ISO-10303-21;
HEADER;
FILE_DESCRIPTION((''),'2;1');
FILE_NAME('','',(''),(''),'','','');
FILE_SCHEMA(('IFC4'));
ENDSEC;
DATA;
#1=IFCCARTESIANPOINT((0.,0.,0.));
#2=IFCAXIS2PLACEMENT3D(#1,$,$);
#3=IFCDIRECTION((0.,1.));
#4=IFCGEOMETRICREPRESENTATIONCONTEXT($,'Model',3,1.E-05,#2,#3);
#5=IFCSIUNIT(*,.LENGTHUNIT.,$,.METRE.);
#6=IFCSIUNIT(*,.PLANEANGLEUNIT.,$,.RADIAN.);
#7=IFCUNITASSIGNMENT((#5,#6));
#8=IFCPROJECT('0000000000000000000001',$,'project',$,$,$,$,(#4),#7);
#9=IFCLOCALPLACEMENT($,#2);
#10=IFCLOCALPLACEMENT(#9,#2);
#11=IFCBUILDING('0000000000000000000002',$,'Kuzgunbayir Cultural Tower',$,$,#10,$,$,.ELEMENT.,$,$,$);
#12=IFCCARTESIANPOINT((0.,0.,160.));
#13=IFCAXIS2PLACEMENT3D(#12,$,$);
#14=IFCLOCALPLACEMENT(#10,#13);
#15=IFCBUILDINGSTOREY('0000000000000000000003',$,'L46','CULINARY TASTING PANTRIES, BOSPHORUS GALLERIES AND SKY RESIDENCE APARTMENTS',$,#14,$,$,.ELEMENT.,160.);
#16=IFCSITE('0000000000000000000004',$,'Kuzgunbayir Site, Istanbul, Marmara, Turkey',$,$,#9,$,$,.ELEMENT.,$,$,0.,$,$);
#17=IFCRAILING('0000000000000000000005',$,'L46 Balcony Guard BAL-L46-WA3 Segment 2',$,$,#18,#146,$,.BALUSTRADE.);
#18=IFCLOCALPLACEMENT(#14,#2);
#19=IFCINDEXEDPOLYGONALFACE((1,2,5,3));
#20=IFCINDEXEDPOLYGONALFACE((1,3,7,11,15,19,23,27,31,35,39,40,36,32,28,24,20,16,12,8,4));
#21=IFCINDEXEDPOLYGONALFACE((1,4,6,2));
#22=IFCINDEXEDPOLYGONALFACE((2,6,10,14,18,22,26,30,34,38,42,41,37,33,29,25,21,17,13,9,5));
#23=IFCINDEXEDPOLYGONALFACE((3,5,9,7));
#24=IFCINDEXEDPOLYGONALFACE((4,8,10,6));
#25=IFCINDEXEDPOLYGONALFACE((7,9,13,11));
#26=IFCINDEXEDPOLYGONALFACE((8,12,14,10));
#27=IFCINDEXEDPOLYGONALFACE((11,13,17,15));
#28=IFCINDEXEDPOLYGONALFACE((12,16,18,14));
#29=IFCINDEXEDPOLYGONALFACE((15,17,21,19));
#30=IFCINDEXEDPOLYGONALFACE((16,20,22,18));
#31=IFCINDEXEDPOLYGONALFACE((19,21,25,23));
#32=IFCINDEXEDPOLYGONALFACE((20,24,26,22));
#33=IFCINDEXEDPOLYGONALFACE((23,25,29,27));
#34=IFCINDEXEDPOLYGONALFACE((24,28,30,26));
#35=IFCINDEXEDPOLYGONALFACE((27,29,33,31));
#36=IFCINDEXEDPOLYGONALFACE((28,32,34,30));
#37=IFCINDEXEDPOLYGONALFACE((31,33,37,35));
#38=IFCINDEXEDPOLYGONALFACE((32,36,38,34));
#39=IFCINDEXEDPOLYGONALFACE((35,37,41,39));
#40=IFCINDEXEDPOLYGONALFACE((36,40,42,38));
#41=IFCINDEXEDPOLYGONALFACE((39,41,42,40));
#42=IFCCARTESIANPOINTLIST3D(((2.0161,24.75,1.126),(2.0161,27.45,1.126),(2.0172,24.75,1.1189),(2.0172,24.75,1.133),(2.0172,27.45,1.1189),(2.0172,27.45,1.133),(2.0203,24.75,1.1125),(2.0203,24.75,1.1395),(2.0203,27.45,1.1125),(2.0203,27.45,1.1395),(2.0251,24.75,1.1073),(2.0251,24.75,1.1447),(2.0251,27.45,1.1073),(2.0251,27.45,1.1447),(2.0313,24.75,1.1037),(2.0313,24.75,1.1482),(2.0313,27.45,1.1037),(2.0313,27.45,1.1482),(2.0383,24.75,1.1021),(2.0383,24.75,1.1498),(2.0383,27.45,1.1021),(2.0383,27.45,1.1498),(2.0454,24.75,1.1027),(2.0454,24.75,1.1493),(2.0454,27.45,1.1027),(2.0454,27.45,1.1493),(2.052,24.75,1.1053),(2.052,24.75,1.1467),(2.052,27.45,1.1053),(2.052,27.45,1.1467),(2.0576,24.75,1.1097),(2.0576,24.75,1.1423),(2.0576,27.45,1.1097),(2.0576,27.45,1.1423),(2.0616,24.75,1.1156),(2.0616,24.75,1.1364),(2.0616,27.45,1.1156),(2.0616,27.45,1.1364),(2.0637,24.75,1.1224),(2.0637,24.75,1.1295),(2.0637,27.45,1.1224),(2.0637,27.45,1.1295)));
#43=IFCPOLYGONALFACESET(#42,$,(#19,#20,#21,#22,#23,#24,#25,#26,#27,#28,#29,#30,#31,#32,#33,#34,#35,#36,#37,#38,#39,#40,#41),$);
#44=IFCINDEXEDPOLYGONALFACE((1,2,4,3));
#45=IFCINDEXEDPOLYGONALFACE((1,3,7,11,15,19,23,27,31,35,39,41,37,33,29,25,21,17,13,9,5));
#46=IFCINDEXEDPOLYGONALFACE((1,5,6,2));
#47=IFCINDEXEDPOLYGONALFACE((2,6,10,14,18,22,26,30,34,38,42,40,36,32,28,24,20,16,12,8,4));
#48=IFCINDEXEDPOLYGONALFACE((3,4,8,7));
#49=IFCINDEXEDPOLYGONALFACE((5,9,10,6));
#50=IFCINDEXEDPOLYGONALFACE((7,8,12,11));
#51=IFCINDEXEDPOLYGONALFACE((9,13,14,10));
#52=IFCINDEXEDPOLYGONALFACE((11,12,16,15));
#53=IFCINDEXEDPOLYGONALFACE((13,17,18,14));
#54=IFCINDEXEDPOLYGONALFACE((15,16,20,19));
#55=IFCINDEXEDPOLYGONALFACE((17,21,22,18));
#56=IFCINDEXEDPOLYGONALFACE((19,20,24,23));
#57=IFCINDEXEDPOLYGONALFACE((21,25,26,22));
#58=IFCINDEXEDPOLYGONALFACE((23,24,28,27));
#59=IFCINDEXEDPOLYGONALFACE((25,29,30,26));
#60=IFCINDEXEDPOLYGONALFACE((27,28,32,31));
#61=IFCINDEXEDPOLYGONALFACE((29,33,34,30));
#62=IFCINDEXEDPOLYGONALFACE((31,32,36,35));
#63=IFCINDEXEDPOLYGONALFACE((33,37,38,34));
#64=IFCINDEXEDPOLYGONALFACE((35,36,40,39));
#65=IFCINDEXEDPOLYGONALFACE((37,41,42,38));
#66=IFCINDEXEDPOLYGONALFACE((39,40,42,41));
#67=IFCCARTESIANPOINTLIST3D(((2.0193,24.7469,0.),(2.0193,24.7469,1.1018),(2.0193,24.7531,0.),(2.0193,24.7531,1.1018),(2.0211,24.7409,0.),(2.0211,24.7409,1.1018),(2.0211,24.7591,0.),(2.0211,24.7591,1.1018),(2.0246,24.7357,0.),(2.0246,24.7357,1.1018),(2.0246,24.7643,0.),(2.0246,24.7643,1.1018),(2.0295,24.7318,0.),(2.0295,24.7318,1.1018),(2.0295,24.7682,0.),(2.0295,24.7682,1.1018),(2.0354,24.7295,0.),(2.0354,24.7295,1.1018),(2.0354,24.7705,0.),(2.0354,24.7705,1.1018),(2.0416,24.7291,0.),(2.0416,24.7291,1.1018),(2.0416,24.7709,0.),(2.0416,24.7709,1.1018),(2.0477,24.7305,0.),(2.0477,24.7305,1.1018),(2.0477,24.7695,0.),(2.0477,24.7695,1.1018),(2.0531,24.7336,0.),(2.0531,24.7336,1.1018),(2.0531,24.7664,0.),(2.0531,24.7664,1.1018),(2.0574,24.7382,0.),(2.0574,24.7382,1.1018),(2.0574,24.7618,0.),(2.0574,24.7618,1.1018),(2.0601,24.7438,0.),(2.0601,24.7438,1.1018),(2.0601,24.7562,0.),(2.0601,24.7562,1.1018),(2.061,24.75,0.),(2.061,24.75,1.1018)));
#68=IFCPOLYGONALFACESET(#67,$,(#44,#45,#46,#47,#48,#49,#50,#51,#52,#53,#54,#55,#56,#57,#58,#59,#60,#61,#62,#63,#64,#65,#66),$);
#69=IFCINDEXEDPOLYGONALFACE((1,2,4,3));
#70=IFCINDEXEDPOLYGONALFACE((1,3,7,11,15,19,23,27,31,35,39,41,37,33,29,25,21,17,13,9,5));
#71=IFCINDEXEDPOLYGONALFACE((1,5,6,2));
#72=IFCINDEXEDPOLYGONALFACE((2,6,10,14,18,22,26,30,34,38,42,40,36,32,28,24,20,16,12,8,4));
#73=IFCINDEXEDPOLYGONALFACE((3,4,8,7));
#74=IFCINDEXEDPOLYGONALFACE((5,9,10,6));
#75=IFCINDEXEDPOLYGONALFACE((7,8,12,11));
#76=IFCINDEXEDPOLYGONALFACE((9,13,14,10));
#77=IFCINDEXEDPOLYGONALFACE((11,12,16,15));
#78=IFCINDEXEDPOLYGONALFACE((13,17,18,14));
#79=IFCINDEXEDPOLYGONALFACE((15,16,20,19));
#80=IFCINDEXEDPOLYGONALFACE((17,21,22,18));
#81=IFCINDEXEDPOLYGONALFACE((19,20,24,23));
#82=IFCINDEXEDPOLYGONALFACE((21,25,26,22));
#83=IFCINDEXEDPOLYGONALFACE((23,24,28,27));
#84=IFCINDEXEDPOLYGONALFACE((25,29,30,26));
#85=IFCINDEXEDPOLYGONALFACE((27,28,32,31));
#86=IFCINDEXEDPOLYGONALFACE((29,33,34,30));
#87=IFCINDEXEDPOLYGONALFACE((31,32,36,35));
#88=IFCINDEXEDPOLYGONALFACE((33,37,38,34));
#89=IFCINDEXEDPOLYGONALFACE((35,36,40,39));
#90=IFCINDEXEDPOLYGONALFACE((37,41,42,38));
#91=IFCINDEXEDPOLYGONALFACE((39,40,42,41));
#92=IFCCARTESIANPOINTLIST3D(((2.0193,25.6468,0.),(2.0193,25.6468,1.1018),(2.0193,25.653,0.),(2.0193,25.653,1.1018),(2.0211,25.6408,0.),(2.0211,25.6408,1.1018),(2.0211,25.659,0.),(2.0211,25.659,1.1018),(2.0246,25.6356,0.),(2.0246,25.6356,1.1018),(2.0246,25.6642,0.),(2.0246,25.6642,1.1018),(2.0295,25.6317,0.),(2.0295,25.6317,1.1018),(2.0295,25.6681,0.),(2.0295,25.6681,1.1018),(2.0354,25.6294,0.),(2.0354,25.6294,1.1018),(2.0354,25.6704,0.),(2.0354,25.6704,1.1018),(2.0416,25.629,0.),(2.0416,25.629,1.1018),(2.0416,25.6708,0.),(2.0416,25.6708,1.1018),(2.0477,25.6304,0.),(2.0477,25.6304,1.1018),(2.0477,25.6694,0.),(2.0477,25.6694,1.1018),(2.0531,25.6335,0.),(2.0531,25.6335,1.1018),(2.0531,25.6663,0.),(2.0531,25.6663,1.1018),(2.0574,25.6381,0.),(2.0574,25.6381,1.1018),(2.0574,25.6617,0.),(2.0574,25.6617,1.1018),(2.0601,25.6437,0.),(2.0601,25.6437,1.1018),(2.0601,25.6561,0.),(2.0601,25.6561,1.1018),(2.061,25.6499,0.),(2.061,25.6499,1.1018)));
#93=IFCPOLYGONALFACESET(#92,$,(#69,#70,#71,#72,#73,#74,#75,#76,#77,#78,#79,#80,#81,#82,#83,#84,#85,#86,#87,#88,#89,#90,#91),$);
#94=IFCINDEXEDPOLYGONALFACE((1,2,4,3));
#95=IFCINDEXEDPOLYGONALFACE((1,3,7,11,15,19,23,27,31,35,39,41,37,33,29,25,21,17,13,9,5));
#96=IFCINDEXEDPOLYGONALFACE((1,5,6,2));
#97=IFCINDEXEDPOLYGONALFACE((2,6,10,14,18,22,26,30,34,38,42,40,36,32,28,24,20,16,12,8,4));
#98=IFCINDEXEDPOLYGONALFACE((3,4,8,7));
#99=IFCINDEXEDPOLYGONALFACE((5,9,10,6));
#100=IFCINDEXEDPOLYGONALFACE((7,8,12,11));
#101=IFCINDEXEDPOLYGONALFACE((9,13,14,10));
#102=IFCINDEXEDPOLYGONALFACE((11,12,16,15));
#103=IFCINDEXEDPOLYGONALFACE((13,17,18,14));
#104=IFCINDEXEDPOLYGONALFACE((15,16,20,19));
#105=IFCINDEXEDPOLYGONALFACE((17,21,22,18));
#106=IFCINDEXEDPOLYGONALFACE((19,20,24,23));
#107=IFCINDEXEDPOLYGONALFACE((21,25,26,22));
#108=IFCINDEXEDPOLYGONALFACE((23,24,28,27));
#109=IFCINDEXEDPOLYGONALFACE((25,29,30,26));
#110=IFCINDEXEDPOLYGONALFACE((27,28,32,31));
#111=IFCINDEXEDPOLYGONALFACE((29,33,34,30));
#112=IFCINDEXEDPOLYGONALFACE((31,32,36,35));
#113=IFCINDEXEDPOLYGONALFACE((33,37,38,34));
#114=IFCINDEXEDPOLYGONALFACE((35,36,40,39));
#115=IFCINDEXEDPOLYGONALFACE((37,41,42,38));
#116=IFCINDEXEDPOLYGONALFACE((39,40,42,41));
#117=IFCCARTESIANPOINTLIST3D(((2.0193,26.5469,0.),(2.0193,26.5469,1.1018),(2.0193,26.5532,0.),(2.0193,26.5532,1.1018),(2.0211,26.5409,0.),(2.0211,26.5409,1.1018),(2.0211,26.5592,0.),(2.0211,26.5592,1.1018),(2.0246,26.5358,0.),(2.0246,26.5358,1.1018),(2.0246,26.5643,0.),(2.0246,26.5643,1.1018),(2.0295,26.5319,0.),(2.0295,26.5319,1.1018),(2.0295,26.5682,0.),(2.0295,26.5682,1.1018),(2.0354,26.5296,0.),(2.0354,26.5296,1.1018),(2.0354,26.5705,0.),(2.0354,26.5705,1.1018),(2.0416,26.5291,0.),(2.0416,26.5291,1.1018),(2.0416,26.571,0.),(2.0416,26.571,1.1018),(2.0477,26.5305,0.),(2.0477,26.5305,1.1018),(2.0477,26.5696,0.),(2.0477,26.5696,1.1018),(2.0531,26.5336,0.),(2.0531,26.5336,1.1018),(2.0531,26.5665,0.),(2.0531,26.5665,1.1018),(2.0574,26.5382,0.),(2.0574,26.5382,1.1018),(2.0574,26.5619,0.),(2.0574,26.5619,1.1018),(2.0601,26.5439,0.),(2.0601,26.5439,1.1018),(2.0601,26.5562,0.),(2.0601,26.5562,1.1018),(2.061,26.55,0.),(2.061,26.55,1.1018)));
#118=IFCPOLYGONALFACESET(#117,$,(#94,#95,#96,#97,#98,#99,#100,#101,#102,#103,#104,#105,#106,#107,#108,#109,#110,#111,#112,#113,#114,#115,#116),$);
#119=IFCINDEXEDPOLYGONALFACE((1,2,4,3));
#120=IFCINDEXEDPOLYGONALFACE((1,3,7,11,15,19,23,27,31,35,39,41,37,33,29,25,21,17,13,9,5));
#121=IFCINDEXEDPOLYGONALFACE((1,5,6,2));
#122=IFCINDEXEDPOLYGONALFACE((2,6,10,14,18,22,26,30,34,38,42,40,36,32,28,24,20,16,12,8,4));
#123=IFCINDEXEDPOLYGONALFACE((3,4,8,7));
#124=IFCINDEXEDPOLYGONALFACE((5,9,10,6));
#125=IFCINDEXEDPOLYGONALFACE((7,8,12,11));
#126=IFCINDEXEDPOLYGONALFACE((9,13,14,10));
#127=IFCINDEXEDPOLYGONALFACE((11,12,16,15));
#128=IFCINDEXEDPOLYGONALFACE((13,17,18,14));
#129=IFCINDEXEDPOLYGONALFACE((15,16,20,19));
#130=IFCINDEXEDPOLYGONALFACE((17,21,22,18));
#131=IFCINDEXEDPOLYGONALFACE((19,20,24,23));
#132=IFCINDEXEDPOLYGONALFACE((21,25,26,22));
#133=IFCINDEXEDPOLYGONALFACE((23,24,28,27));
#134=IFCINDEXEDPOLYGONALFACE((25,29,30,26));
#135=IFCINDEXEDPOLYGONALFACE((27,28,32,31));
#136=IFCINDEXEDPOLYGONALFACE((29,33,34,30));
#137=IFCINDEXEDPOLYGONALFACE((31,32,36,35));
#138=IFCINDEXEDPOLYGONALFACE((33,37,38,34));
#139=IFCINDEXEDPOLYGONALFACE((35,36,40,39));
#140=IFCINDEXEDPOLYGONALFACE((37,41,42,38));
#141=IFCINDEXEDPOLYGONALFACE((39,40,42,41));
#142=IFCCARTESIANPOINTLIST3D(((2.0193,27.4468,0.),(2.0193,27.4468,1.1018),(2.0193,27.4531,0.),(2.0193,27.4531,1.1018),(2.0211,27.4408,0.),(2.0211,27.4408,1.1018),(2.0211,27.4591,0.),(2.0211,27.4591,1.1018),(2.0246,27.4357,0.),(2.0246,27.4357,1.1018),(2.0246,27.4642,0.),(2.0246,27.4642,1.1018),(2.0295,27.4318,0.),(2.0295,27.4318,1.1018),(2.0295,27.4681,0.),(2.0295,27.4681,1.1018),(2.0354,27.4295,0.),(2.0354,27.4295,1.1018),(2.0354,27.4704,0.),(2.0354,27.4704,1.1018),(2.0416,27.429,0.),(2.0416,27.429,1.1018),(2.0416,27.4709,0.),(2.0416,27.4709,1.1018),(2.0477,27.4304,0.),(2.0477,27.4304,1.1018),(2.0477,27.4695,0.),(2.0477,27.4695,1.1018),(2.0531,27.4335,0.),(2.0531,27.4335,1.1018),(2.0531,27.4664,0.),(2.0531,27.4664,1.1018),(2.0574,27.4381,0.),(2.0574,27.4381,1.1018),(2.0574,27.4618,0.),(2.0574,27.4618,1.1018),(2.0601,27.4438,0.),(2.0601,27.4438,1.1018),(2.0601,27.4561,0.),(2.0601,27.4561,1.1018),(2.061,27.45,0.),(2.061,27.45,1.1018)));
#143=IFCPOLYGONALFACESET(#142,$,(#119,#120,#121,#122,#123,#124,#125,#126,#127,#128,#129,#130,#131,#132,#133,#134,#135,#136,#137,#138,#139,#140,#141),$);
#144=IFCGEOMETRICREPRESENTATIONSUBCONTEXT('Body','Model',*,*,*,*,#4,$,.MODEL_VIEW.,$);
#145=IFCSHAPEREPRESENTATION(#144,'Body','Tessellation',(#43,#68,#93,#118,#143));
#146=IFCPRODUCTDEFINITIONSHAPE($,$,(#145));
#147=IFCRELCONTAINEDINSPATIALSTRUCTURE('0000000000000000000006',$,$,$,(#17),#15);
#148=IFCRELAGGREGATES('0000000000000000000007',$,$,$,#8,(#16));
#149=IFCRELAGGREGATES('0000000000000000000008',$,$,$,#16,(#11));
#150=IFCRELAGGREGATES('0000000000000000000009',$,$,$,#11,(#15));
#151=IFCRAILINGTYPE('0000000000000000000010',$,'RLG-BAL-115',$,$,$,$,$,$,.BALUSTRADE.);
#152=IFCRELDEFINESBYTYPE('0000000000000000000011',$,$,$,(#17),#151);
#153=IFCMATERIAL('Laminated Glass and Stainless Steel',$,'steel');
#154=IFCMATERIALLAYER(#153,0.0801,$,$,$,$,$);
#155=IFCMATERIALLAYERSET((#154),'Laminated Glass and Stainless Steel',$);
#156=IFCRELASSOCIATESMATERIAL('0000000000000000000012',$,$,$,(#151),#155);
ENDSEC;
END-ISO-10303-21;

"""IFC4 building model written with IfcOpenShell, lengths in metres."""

from ifc_helpers import new_model, si_unit, direction, frame, origin, origin_2d, place, context, subcontext, project, spatial, circle, extrude, material, layer, layer_set, type_object, element, save


model = new_model("IFC4")

# Units and contexts
model_context = context("Model", 3, precision=1e-05, world=origin(), true_north=direction((0.0, 1.0)))
body_context = subcontext(model_context, "Body", "Model", "MODEL_VIEW")
ifc_project = project(units=[si_unit("LENGTHUNIT", "METRE"), si_unit("PLANEANGLEUNIT", "RADIAN")], contexts=[model_context])

# Site, building, storey
site_placement = place(None, origin())
site = spatial("IfcSite", under=ifc_project, at=site_placement, Name="Kuzgunbayir Site, Istanbul, Marmara, Turkey", CompositionType="ELEMENT", RefElevation=0.0)
building_placement = place(site_placement, origin())
building = spatial("IfcBuilding", under=site, at=building_placement, Name="Kuzgunbayir Cultural Tower", CompositionType="ELEMENT")
storey_placement = place(building_placement, frame((0.0, 0.0, 160.0)))
storey = spatial("IfcBuildingStorey", under=building, at=storey_placement, Name="L46", Description="CULINARY TASTING PANTRIES, BOSPHORUS GALLERIES AND SKY RESIDENCE APARTMENTS", CompositionType="ELEMENT", Elevation=160.0)

# Railing
ifc_material_1 = material(Name="Laminated Glass and Stainless Steel", Category="steel")
ifc_layer_1 = layer(ifc_material_1, 0.0801)
ifc_layer_set_1 = layer_set([ifc_layer_1], Name="Laminated Glass and Stainless Steel")
railing_type = type_object("IfcRailingType", Name="RLG-BAL-115", PredefinedType="BALUSTRADE", material=ifc_layer_set_1)
railing_1_placement = place(storey_placement, frame((2.04, 24.75, 0.0)))
element("IfcRailing", 1, at=railing_1_placement, inside=storey, type_object=railing_type, Name="L46 Balcony Guard BAL-L46-WA3 Segment 2", PredefinedType="BALUSTRADE", context=body_context, shape_type="SweptSolid", body=[
    extrude(circle(Radius=0.0239, at=origin_2d()), frame((0.0, 0.0, 1.126), z_axis=(0.0, 1.0, 0.0), x_axis=(-1.0, 0.0, 0.0)), (0.0, 0.0, 1.0), 2.7),
    extrude(circle(Radius=0.021, at=origin_2d()), origin(), (0.0, 0.0, 1.0), 1.1018),
    extrude(circle(Radius=0.021, at=origin_2d()), frame((0.0, 0.8999, 0.0)), (0.0, 0.0, 1.0), 1.1018),
    extrude(circle(Radius=0.021, at=origin_2d()), frame((0.0, 1.8, 0.0)), (0.0, 0.0, 1.0), 1.1018),
    extrude(circle(Radius=0.021, at=origin_2d()), frame((0.0, 2.7, 0.0)), (0.0, 0.0, 1.0), 1.1018),
])

save(model, "model.ifc")
